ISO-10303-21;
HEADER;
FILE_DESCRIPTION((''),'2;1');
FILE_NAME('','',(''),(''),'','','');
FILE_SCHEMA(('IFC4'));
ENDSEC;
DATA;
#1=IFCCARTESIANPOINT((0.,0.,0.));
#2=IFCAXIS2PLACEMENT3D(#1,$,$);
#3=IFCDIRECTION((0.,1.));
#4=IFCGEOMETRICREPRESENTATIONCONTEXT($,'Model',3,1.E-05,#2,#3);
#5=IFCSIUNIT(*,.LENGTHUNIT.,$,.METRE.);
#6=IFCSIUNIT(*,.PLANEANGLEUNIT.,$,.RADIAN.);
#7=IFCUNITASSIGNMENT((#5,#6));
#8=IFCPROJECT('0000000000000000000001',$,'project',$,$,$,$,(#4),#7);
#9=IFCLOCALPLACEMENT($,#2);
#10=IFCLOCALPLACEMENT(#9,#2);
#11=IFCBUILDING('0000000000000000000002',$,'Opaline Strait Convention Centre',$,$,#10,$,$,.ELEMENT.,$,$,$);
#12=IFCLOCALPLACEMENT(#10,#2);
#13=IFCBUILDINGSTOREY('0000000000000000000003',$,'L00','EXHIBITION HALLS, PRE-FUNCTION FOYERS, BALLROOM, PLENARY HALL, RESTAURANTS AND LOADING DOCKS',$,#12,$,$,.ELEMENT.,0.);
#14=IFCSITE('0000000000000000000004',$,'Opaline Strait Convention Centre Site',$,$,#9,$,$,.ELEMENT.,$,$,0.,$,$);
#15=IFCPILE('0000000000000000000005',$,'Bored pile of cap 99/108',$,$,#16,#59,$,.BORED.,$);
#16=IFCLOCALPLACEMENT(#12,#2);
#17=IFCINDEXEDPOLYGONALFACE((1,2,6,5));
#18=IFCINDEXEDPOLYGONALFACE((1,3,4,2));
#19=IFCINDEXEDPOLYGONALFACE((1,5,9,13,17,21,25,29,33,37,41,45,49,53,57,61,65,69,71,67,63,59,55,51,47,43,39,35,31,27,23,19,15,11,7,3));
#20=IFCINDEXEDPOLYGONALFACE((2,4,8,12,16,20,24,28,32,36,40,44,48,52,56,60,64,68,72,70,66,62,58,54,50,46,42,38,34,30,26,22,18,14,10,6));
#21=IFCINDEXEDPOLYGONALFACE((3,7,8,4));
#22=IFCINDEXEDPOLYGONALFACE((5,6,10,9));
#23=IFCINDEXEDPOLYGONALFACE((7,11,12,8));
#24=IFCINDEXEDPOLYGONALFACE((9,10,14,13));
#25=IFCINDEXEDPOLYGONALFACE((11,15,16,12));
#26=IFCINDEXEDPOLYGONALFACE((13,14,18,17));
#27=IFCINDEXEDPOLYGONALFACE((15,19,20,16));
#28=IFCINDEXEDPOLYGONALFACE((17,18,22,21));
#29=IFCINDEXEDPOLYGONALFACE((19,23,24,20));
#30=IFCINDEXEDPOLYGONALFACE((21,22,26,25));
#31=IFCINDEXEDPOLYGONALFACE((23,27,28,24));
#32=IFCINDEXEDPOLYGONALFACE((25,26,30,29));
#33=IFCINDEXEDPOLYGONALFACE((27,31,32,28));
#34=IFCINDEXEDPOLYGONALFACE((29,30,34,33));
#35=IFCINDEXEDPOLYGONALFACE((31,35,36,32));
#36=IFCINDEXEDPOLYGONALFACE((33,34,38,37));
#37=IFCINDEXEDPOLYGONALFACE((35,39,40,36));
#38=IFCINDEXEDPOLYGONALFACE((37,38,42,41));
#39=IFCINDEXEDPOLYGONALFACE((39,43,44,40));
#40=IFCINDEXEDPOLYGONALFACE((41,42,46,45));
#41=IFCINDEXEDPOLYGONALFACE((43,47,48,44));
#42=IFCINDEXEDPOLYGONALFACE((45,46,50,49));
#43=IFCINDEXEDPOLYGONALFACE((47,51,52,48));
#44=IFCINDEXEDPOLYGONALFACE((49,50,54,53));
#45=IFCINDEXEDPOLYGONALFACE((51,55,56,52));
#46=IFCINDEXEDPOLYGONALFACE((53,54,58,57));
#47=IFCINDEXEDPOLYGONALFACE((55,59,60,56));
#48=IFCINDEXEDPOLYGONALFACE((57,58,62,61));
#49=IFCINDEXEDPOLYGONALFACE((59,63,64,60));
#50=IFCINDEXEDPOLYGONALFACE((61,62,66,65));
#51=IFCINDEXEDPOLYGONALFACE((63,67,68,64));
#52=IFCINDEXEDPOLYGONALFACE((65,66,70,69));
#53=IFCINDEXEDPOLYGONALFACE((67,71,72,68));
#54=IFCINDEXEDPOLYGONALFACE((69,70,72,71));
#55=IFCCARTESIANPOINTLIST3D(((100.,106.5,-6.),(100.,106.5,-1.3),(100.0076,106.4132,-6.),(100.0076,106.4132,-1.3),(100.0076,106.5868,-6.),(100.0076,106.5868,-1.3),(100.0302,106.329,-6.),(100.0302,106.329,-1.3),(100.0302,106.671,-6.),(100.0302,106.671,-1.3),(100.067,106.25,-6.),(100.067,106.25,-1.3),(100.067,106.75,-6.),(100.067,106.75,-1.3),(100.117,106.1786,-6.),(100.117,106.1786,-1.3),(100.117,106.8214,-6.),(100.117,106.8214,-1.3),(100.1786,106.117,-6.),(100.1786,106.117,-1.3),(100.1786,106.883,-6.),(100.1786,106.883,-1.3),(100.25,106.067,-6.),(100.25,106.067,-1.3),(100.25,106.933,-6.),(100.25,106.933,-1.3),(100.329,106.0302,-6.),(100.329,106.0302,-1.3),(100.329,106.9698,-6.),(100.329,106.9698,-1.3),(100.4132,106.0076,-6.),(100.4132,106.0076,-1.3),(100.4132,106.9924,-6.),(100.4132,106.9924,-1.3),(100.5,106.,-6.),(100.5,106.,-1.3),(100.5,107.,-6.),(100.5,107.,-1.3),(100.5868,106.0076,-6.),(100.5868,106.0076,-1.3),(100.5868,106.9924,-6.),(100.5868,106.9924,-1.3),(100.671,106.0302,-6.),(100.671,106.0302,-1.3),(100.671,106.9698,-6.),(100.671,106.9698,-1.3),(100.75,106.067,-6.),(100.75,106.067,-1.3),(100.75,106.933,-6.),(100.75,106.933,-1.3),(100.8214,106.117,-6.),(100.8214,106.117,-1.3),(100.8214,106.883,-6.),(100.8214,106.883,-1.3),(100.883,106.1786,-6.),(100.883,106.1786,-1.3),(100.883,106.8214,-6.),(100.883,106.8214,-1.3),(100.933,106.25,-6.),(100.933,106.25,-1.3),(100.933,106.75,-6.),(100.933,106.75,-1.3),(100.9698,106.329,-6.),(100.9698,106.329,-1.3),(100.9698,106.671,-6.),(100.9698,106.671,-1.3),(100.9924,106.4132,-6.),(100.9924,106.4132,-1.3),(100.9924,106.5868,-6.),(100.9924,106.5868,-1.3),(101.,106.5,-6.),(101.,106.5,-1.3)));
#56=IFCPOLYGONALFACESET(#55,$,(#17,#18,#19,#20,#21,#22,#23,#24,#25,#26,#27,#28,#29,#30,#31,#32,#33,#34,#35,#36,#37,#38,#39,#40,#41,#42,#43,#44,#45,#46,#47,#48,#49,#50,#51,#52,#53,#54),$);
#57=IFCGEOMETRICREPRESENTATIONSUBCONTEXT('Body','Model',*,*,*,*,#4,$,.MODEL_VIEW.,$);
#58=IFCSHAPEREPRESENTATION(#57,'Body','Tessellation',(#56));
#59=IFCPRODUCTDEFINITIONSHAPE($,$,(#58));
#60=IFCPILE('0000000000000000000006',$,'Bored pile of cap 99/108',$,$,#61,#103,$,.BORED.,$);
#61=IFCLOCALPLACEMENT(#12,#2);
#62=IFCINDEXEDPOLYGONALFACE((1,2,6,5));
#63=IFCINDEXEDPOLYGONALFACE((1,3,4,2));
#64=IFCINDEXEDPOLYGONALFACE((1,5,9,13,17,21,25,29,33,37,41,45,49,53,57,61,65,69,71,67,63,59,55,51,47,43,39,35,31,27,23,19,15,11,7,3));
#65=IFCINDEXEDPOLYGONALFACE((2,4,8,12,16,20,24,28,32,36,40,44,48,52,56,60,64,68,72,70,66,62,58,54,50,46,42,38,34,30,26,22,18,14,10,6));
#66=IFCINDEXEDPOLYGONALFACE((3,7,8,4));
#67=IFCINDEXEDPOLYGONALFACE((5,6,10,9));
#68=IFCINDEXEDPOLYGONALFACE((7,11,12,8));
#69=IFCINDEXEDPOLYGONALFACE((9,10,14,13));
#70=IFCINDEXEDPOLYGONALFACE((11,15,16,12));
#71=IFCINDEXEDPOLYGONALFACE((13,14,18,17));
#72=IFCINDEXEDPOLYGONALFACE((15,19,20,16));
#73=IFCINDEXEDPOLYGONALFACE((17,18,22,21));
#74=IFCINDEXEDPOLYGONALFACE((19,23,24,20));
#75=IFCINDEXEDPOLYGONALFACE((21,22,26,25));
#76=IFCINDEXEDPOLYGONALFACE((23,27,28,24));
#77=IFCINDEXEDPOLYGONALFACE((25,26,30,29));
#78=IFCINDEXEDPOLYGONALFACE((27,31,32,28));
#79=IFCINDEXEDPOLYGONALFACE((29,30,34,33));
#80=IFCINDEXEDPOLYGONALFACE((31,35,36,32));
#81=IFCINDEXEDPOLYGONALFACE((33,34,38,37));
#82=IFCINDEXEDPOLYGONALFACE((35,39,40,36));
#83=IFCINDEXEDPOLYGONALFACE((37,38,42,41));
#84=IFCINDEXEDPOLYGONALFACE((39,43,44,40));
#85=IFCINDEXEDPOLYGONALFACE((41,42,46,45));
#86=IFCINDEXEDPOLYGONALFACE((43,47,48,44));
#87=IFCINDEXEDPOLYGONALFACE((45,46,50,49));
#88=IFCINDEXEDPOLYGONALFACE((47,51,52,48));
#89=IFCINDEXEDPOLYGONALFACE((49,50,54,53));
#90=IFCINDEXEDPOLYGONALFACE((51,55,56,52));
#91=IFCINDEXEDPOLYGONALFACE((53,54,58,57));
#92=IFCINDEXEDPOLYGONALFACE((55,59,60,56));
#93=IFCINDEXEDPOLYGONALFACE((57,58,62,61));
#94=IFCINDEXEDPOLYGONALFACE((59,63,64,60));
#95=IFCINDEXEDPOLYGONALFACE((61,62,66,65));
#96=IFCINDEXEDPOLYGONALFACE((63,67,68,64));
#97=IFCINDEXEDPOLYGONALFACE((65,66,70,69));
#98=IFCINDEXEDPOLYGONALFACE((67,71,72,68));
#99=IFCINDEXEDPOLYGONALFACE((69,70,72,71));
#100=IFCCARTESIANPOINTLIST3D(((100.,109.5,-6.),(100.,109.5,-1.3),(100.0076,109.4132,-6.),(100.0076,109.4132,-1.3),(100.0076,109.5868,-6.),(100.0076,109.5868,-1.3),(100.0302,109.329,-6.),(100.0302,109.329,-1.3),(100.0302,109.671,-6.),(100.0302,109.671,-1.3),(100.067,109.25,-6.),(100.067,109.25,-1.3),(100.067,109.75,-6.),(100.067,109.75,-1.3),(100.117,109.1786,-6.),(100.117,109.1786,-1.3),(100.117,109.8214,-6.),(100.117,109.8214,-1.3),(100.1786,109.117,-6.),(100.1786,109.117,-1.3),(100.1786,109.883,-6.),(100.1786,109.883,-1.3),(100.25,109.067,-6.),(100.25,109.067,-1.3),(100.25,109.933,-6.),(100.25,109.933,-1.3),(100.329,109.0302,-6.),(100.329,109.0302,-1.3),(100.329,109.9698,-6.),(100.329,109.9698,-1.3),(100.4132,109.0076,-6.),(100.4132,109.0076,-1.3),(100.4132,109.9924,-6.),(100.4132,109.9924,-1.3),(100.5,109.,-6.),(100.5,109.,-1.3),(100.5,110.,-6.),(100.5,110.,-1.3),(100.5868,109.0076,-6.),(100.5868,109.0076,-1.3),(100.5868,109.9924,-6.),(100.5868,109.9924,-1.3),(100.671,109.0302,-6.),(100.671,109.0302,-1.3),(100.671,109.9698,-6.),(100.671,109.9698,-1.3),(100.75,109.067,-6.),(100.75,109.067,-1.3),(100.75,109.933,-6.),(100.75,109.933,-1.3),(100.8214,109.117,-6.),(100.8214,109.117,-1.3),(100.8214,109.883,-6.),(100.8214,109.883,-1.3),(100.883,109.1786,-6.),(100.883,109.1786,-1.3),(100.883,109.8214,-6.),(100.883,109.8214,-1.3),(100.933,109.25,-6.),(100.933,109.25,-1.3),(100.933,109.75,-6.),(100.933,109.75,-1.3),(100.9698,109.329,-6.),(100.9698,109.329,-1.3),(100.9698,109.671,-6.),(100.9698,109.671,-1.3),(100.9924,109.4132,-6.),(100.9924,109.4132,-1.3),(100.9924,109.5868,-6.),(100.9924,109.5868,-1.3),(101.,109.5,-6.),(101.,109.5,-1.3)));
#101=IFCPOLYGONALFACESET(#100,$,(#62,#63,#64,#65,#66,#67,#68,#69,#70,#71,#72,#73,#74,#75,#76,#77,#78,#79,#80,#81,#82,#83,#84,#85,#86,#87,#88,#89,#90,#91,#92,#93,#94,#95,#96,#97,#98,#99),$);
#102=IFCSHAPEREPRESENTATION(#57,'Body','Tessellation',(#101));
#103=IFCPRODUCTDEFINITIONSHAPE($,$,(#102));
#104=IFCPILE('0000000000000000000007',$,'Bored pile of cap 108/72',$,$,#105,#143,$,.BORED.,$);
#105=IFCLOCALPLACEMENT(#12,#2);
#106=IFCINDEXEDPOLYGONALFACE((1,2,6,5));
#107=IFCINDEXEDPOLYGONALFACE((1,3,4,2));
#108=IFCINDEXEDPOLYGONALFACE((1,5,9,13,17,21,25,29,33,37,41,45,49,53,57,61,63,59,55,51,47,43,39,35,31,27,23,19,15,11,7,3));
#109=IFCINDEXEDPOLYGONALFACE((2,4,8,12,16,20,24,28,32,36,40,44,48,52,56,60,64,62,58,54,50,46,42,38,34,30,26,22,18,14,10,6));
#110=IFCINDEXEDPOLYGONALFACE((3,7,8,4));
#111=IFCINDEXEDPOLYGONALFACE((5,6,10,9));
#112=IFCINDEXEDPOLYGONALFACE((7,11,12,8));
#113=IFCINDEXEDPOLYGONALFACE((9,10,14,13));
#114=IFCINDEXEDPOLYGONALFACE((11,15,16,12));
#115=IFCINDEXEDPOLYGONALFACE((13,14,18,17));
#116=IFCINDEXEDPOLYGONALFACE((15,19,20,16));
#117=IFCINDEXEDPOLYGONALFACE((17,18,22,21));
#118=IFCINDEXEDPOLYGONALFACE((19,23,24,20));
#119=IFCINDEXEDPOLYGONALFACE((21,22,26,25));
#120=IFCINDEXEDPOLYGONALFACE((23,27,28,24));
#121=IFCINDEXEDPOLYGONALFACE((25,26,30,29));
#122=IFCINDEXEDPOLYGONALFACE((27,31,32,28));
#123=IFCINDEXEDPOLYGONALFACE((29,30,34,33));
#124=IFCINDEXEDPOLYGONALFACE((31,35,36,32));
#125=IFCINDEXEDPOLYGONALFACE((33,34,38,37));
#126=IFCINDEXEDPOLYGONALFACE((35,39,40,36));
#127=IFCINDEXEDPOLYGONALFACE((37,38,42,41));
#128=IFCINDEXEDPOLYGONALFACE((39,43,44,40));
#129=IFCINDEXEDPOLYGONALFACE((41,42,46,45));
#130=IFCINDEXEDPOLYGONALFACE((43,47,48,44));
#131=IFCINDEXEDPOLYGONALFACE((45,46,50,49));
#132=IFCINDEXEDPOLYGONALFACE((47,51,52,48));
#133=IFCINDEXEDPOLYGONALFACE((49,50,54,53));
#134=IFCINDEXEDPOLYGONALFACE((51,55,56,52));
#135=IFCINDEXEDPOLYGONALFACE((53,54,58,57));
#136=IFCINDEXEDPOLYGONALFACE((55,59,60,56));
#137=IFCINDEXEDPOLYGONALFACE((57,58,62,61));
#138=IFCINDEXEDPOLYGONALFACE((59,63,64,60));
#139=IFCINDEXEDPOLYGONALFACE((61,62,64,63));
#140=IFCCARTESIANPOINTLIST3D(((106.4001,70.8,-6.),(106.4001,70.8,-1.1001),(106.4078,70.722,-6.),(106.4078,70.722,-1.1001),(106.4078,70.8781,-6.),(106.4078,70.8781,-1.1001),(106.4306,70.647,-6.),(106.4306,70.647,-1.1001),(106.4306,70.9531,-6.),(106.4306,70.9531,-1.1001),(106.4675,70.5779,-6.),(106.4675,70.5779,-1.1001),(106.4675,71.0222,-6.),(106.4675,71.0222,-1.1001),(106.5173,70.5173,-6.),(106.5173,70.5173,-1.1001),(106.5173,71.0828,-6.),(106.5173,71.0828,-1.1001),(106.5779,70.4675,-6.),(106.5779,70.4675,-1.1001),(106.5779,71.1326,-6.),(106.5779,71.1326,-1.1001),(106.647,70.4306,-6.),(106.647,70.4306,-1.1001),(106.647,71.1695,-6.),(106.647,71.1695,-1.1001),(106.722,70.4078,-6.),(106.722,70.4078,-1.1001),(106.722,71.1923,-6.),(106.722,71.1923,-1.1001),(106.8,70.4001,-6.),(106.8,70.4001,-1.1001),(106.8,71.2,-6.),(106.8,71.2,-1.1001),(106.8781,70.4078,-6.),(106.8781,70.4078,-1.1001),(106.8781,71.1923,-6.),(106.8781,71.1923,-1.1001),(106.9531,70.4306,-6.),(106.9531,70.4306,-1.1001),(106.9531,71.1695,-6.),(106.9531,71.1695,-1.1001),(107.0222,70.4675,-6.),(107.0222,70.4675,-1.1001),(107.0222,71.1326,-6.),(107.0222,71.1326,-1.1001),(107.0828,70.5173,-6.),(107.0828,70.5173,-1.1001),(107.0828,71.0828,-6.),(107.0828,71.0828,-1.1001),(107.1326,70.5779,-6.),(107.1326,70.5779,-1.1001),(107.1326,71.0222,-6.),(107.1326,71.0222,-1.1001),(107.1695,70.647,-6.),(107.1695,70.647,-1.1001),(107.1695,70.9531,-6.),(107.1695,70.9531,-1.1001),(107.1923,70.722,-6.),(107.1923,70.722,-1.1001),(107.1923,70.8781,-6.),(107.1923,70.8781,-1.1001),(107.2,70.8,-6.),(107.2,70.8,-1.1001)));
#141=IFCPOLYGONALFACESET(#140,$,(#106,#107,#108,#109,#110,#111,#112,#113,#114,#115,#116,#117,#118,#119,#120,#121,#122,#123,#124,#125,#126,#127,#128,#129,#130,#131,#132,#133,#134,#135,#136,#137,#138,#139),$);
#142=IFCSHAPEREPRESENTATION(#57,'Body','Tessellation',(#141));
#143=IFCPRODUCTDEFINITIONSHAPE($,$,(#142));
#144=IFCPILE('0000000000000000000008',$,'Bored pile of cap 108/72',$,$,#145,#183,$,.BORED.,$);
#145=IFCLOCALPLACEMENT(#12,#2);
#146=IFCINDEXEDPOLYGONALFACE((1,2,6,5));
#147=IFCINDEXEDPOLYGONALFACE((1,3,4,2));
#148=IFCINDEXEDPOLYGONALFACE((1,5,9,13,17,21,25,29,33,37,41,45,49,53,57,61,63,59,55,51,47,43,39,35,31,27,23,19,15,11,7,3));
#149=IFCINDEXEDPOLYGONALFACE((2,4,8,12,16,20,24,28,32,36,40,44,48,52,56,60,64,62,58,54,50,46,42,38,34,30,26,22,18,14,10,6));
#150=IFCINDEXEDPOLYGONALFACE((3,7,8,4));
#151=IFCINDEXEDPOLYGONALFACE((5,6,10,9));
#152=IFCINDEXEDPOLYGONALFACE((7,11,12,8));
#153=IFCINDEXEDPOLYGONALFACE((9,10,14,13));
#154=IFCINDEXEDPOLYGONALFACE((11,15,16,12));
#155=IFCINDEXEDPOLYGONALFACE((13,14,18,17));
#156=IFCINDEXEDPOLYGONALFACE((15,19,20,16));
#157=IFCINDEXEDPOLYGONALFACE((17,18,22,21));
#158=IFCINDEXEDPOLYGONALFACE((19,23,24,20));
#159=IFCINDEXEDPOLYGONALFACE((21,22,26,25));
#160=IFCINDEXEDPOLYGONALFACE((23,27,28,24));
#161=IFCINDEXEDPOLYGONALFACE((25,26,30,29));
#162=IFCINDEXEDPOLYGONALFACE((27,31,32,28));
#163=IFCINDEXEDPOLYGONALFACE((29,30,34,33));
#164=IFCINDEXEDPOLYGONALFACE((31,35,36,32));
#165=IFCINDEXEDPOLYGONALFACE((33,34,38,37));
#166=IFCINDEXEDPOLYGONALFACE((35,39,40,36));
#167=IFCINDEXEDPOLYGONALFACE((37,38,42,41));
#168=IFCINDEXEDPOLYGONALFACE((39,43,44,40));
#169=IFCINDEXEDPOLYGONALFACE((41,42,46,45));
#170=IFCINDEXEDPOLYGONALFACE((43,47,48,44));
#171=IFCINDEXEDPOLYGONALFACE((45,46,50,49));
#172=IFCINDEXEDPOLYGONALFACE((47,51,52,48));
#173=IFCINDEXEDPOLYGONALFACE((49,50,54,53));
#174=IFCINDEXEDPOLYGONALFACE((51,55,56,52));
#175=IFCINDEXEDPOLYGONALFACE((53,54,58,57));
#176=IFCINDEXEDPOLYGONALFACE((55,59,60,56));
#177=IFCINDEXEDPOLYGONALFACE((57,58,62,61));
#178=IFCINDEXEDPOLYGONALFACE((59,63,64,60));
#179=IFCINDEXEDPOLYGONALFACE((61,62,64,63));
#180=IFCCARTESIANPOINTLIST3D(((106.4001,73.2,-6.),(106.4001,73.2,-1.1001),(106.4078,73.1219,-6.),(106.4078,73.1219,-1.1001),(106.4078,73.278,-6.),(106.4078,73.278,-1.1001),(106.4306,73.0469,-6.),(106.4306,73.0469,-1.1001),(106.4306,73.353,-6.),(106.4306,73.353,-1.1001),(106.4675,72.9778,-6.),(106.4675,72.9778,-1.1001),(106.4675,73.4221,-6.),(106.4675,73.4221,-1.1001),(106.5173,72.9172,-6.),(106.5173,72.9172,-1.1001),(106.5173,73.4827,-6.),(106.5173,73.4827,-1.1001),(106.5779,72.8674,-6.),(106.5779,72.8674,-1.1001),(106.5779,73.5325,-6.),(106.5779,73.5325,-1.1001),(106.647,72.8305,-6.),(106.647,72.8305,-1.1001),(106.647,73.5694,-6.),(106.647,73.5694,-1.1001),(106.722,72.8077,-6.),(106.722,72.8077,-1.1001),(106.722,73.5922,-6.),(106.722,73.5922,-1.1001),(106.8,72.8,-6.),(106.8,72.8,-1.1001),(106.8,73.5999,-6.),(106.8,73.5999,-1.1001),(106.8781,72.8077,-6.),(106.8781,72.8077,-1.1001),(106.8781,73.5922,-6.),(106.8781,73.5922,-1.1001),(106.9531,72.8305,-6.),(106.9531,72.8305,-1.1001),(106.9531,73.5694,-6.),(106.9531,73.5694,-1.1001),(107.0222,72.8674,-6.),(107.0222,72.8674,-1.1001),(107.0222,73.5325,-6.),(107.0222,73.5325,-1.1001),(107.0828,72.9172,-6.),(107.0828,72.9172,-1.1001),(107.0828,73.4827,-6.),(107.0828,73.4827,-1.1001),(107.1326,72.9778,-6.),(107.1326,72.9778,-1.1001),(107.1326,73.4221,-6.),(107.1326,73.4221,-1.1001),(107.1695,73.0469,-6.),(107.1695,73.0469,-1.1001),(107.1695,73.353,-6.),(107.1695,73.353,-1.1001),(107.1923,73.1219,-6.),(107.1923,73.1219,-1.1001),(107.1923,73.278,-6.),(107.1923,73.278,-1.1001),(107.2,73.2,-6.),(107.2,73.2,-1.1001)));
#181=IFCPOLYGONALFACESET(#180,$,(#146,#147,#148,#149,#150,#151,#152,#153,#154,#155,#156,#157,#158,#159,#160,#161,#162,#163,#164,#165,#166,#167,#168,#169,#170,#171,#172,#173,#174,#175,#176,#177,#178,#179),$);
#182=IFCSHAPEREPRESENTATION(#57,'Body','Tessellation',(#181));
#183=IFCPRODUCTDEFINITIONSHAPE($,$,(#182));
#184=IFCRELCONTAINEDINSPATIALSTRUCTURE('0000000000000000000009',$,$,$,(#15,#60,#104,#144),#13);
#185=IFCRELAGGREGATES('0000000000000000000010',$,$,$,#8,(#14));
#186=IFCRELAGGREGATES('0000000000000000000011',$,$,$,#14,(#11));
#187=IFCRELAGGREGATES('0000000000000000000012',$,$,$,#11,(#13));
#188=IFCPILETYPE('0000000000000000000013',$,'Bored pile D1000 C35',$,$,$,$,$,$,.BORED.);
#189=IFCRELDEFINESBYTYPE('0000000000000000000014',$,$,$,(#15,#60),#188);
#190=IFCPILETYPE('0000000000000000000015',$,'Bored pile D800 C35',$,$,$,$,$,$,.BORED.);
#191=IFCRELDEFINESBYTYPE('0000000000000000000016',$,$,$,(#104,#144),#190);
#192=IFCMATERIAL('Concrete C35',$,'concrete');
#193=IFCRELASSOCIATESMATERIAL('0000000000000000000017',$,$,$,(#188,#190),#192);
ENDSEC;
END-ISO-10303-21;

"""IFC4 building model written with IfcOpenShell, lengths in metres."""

from ifc_helpers import new_model, si_unit, direction, frame, origin, origin_2d, place, context, subcontext, project, spatial, circle, extrude, material, material_profile, profile_set, type_object, element, save


model = new_model("IFC4")

# Units and contexts
model_context = context("Model", 3, precision=1e-05, world=origin(), true_north=direction((0.0, 1.0)))
body_context = subcontext(model_context, "Body", "Model", "MODEL_VIEW")
ifc_project = project(units=[si_unit("LENGTHUNIT", "METRE"), si_unit("PLANEANGLEUNIT", "RADIAN")], contexts=[model_context])

# Site, building, storey
site_placement = place(None, origin())
site = spatial("IfcSite", under=ifc_project, at=site_placement, Name="Opaline Strait Convention Centre Site", CompositionType="ELEMENT", RefElevation=0.0)
building_placement = place(site_placement, origin())
building = spatial("IfcBuilding", under=site, at=building_placement, Name="Opaline Strait Convention Centre", CompositionType="ELEMENT")
storey_placement = place(building_placement, origin())
storey = spatial("IfcBuildingStorey", under=building, at=storey_placement, Name="L00", Description="EXHIBITION HALLS, PRE-FUNCTION FOYERS, BALLROOM, PLENARY HALL, RESTAURANTS AND LOADING DOCKS", CompositionType="ELEMENT", Elevation=0.0)

# Piles
ifc_material_1 = material(Name="Concrete C35", Category="concrete")
ifc_material_profile_1 = material_profile(ifc_material_1, circle(Radius=0.5, at=origin_2d()), Name="D1000")
ifc_profile_set_1 = profile_set([ifc_material_profile_1], Name="Concrete C35")
pile_type_1 = type_object("IfcPileType", Name="Bored pile D1000 C35", PredefinedType="BORED", material=ifc_profile_set_1)
for number, where, z_axis, x_axis, name in (
    (1, (100.5, 106.5, -1.3), (0.0, 0.0, -1.0), (1.0, 0.0, 0.0), "Bored pile of cap 99/108"),
    (2, (100.5, 109.5, -1.3), (0.0, 0.0, -1.0), (1.0, 0.0, 0.0), "Bored pile of cap 99/108"),
):
    element("IfcPile", number, at=place(storey_placement, frame(where, z_axis=z_axis, x_axis=x_axis)), inside=storey, type_object=pile_type_1, Name=name, PredefinedType="BORED", context=body_context, shape_type="SweptSolid", body=[
        extrude(circle(Radius=0.5, at=origin_2d()), origin(), (0.0, 0.0, 1.0), 4.7),
    ])
ifc_material_profile_2 = material_profile(ifc_material_1, circle(Radius=0.3999, at=origin_2d()), Name="D800")
ifc_profile_set_2 = profile_set([ifc_material_profile_2], Name="Concrete C35")
pile_type_2 = type_object("IfcPileType", Name="Bored pile D800 C35", PredefinedType="BORED", material=ifc_profile_set_2)
for number, where, z_axis, x_axis, name in (
    (3, (106.8, 70.8, -1.1001), (0.0, 0.0, -1.0), (1.0, 0.0, 0.0), "Bored pile of cap 108/72"),
    (4, (106.8, 73.2, -1.1001), (0.0, 0.0, -1.0), (1.0, 0.0, 0.0), "Bored pile of cap 108/72"),
):
    element("IfcPile", number, at=place(storey_placement, frame(where, z_axis=z_axis, x_axis=x_axis)), inside=storey, type_object=pile_type_2, Name=name, PredefinedType="BORED", context=body_context, shape_type="SweptSolid", body=[
        extrude(circle(Radius=0.3999, at=origin_2d()), origin(), (0.0, 0.0, 1.0), 4.8999),
    ])

save(model, "model.ifc")
